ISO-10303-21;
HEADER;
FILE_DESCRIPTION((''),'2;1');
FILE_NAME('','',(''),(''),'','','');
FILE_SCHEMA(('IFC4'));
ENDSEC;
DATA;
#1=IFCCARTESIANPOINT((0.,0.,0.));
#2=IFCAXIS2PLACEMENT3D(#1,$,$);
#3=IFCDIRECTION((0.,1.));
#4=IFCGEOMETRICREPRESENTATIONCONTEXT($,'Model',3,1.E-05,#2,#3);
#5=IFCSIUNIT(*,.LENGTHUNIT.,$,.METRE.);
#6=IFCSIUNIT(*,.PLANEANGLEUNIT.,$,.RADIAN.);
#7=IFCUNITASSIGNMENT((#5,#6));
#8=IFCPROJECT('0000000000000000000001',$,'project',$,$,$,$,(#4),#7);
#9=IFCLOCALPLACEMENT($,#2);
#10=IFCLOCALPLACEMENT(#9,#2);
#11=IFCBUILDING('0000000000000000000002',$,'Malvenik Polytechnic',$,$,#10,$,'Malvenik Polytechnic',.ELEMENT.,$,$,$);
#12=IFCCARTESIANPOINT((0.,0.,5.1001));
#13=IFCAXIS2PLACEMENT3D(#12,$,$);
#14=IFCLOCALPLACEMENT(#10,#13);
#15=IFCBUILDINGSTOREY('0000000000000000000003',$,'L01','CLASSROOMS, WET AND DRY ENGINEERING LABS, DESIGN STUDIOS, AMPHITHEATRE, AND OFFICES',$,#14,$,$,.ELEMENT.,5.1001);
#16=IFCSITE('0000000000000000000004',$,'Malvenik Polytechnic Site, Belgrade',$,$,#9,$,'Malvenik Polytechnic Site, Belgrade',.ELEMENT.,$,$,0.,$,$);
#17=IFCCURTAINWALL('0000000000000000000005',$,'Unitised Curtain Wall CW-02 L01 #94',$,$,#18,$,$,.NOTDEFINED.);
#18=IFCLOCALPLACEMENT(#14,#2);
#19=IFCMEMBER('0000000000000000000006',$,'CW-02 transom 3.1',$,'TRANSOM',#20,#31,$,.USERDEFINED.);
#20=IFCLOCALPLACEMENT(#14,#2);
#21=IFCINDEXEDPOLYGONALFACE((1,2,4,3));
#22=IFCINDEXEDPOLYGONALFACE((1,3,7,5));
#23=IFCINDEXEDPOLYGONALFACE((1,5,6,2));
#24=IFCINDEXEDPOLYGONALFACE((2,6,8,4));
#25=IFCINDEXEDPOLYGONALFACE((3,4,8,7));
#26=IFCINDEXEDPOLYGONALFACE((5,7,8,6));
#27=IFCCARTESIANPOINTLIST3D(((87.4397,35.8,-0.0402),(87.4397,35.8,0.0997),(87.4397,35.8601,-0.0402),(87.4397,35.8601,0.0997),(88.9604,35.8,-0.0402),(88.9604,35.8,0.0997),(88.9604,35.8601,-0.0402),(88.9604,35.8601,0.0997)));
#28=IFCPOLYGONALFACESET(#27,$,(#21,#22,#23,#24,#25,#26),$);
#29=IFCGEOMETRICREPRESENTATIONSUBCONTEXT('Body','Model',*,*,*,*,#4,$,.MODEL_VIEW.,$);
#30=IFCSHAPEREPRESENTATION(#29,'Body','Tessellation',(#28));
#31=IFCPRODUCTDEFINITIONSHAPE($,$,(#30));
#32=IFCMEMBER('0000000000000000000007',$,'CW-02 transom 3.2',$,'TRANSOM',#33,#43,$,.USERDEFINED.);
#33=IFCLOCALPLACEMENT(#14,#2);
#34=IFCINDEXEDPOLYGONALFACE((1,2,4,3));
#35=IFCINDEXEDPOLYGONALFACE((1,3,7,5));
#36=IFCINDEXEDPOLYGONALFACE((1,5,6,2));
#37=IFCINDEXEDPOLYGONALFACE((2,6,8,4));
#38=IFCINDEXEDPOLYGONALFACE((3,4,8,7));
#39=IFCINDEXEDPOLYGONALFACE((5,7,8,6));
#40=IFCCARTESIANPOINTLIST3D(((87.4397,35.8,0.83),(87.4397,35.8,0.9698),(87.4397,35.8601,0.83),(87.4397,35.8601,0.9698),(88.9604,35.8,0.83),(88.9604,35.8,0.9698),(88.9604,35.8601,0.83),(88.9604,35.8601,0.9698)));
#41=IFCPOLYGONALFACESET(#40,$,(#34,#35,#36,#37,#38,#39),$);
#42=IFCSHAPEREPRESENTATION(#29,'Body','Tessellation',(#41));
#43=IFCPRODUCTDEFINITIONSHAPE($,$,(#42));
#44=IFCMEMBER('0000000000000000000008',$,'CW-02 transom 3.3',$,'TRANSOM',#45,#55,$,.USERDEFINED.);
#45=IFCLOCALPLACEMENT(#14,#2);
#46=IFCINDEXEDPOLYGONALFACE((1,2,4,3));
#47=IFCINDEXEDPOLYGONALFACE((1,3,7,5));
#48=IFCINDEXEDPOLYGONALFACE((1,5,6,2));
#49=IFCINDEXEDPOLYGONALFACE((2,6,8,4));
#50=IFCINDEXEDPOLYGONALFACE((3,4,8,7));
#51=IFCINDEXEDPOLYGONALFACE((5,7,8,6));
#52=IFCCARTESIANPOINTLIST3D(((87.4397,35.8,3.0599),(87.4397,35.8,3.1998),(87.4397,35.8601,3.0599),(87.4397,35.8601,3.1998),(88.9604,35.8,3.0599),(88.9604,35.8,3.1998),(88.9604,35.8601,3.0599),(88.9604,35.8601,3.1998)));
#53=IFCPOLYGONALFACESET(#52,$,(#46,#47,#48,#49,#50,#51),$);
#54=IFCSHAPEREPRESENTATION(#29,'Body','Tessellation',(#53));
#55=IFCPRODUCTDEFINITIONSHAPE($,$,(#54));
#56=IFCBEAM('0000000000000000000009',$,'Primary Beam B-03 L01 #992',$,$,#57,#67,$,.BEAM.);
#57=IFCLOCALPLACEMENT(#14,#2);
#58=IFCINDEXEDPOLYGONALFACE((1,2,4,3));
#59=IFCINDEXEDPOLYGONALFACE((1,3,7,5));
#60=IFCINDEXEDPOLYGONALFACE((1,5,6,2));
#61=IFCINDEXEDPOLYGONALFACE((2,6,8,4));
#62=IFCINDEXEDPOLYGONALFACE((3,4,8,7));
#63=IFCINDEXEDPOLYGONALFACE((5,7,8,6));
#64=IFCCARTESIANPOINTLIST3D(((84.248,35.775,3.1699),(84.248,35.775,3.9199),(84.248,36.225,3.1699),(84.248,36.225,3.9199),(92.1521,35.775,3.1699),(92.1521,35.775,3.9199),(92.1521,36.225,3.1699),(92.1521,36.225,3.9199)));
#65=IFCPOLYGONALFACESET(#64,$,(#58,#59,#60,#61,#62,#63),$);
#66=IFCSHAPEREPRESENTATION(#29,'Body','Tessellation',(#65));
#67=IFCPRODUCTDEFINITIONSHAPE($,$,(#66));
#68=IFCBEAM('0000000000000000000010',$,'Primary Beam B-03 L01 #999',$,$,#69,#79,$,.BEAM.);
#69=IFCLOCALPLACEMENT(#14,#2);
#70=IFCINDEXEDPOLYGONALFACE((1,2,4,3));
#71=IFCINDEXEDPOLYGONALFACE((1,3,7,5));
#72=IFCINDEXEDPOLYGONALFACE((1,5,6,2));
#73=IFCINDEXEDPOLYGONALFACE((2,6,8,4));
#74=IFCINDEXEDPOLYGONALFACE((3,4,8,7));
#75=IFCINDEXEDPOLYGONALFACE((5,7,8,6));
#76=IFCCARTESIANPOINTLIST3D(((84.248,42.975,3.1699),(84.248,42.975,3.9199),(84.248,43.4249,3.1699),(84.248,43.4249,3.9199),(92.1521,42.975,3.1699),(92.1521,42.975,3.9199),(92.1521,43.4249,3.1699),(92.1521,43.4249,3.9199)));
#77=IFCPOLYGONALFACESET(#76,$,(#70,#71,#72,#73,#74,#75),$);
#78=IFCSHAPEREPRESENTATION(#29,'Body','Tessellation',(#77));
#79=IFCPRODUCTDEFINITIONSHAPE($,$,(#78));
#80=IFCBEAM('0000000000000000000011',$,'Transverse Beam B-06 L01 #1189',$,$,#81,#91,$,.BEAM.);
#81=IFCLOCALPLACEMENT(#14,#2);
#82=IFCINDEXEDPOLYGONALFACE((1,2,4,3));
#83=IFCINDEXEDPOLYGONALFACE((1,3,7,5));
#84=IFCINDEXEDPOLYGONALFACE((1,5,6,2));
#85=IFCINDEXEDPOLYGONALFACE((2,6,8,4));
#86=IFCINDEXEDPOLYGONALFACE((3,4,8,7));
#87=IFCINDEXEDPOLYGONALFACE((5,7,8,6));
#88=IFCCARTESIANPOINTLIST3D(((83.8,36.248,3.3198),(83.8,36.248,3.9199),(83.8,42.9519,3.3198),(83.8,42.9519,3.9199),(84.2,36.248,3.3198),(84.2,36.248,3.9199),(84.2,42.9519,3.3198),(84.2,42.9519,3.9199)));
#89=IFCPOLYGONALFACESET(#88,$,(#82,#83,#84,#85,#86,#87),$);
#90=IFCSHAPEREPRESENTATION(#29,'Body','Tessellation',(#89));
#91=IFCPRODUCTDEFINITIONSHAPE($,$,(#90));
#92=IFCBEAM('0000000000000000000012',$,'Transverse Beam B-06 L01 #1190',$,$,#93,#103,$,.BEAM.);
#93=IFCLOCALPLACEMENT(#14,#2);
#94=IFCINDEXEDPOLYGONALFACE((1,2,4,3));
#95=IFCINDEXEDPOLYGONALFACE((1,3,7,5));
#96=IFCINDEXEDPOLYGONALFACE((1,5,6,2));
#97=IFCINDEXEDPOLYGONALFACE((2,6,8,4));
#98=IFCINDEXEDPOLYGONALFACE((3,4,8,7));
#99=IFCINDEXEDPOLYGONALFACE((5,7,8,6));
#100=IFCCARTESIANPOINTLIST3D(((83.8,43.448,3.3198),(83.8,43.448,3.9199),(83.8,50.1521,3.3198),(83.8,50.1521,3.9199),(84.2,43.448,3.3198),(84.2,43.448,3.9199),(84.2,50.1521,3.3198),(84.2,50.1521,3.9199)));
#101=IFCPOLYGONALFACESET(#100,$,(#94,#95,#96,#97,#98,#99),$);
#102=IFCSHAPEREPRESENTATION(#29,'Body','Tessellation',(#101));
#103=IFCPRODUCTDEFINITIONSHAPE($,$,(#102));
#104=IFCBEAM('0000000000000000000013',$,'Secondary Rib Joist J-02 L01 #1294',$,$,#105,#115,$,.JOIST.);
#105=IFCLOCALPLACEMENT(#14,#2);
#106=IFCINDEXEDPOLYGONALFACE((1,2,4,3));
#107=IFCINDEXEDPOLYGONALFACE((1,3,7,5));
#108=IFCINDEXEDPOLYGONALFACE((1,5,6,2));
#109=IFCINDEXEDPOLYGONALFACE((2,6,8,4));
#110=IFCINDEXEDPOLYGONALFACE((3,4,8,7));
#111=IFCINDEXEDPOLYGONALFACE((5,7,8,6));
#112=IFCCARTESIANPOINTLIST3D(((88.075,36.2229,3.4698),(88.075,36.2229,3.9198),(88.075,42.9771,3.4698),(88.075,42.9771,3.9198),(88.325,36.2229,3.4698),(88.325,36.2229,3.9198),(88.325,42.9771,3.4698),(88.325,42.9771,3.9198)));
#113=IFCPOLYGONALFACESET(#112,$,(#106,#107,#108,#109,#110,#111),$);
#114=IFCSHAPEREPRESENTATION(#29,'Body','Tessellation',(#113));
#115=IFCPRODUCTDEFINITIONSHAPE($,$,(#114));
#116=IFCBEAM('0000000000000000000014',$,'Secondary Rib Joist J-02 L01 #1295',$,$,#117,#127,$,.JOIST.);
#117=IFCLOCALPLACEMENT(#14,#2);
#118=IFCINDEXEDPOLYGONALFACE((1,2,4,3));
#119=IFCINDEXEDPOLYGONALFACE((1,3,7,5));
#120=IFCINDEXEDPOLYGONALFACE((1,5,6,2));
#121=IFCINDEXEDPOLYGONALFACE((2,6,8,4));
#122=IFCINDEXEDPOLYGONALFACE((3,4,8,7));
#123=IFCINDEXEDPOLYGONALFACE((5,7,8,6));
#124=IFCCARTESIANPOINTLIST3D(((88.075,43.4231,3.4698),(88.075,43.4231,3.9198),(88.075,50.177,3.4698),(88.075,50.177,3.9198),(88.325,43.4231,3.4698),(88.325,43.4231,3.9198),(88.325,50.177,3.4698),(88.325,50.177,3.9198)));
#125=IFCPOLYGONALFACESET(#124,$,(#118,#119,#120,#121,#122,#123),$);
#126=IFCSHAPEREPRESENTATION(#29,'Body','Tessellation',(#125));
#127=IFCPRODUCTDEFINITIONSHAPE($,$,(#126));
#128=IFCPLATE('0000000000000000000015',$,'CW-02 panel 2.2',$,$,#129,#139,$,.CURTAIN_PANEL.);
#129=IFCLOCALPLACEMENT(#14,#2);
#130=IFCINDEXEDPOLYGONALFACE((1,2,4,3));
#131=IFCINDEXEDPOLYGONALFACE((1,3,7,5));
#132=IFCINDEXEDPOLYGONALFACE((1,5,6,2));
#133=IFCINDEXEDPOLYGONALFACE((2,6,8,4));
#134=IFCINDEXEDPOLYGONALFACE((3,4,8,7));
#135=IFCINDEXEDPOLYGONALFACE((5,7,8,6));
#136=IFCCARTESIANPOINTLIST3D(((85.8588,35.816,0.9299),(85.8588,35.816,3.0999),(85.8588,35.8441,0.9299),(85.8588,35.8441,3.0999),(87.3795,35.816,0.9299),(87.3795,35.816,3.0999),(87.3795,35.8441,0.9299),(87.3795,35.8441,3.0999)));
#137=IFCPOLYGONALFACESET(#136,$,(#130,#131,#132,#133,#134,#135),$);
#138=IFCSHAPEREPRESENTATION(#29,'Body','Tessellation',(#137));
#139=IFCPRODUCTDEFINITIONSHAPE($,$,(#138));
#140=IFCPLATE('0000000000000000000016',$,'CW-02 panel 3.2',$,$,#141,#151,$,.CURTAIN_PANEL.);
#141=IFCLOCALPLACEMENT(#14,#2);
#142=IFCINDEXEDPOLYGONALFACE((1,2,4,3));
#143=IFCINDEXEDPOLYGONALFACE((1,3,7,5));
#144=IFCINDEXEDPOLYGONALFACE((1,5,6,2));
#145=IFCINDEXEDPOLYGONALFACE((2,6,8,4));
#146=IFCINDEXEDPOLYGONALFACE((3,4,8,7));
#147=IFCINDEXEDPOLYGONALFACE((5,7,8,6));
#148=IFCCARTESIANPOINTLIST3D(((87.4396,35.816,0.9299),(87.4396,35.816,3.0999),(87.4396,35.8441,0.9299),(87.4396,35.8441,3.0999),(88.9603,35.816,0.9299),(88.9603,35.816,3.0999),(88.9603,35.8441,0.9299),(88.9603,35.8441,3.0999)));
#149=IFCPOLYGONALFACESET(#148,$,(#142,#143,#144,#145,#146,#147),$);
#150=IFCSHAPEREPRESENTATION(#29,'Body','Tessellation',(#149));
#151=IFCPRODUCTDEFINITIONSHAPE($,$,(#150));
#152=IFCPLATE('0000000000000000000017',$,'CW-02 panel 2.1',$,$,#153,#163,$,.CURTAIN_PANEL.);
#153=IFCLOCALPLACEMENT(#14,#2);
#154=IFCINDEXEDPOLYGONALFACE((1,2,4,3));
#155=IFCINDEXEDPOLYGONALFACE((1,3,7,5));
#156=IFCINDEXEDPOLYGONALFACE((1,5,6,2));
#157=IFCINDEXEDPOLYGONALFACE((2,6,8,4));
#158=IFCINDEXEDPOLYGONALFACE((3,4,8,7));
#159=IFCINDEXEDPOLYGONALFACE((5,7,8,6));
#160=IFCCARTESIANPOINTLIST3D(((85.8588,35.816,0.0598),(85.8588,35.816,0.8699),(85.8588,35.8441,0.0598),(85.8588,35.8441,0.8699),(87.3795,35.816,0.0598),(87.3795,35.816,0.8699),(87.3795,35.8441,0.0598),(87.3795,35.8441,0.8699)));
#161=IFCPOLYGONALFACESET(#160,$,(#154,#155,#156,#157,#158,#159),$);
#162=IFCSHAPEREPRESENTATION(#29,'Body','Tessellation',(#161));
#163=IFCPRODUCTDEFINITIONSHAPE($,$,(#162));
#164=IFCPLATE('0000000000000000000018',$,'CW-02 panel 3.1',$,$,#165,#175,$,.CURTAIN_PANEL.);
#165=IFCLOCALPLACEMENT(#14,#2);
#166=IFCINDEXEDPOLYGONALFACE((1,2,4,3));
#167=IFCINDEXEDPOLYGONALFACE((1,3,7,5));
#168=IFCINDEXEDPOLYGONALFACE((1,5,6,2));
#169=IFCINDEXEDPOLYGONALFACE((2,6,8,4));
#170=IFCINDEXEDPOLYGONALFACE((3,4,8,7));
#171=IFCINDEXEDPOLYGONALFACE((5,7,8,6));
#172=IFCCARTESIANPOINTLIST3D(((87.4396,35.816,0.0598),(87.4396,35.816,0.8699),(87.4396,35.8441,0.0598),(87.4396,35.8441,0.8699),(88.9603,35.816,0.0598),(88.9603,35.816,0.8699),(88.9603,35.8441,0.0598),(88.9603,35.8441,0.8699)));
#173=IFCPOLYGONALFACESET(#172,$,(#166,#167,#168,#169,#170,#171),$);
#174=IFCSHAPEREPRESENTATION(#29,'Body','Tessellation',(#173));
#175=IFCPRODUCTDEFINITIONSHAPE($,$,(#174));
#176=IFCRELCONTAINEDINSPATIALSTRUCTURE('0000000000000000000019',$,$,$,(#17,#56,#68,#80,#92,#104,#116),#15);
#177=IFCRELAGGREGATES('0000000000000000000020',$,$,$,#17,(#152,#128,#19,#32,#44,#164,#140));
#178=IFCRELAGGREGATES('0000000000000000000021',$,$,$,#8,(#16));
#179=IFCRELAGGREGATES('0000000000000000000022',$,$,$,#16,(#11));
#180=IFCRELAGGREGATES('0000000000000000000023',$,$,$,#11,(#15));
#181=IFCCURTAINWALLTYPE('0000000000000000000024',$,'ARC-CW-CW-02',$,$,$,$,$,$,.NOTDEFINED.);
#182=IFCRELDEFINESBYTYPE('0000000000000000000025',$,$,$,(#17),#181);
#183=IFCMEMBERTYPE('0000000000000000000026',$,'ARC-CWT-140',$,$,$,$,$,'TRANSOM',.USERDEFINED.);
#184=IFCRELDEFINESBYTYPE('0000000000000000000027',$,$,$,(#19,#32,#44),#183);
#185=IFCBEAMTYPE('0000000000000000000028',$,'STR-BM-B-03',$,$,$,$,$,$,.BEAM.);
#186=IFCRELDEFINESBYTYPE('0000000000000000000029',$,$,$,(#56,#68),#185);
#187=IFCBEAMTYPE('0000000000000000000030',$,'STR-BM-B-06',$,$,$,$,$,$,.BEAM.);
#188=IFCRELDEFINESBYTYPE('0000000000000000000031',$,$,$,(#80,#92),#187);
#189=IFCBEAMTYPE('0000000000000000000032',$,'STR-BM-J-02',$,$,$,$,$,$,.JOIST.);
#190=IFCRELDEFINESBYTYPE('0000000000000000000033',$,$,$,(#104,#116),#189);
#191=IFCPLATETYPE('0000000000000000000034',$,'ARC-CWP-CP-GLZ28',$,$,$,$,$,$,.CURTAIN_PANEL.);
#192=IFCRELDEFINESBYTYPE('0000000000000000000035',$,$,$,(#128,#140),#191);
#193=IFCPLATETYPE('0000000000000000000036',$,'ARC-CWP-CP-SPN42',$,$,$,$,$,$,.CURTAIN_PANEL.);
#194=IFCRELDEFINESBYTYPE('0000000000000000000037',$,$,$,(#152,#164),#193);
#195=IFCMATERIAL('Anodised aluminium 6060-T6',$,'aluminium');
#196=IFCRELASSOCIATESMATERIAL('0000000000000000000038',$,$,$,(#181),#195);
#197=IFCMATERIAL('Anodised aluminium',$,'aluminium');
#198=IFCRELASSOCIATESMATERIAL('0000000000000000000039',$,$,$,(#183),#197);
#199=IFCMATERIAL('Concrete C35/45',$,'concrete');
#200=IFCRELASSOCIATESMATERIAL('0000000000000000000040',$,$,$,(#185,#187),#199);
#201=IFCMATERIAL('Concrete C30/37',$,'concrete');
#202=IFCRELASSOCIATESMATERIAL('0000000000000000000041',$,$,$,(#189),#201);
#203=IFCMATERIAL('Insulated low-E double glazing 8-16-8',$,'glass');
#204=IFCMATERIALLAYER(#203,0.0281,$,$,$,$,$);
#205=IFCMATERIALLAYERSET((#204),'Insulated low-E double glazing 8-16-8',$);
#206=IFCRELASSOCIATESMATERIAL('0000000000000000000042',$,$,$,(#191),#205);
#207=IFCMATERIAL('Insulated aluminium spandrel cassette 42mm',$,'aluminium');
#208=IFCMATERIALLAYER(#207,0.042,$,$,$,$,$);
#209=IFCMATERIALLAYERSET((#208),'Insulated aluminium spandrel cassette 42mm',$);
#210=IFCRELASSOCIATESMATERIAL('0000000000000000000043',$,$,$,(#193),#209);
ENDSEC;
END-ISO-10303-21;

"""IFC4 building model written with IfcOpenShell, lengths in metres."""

from ifc_helpers import new_model, si_unit, direction, frame, origin, origin_2d, place, context, subcontext, project, spatial, rectangle, extrude, material, layer, layer_set, material_profile, profile_set, type_object, element, aggregate, save


model = new_model("IFC4")

# Units and contexts
model_context = context("Model", 3, precision=1e-05, world=origin(), true_north=direction((0.0, 1.0)))
body_context = subcontext(model_context, "Body", "Model", "MODEL_VIEW")
ifc_project = project(units=[si_unit("LENGTHUNIT", "METRE"), si_unit("PLANEANGLEUNIT", "RADIAN")], contexts=[model_context])

# Site, building, storey
site_placement = place(None, origin())
site = spatial("IfcSite", under=ifc_project, at=site_placement, Name="Malvenik Polytechnic Site, Belgrade", LongName="Malvenik Polytechnic Site, Belgrade", CompositionType="ELEMENT", RefElevation=0.0)
building_placement = place(site_placement, origin())
building = spatial("IfcBuilding", under=site, at=building_placement, Name="Malvenik Polytechnic", LongName="Malvenik Polytechnic", CompositionType="ELEMENT")
storey_placement = place(building_placement, frame((0.0, 0.0, 5.1001)))
storey = spatial("IfcBuildingStorey", under=building, at=storey_placement, Name="L01", Description="CLASSROOMS, WET AND DRY ENGINEERING LABS, DESIGN STUDIOS, AMPHITHEATRE, AND OFFICES", CompositionType="ELEMENT", Elevation=5.1001)

# Shared definitions
ifc_material_1 = material(Name="Concrete C35/45", Category="concrete")

# Curtain wall
ifc_material_2 = material(Name="Anodised aluminium 6060-T6", Category="aluminium")
curtain_wall_type_1 = type_object("IfcCurtainWallType", Name="ARC-CW-CW-02", PredefinedType="NOTDEFINED", material=ifc_material_2)
curtain_wall_1_placement = place(storey_placement, origin())
curtain_wall_1 = element("IfcCurtainWall", 1, at=curtain_wall_1_placement, inside=storey, type_object=curtain_wall_type_1, Name="Unitised Curtain Wall CW-02 L01 #94", PredefinedType="NOTDEFINED")
ifc_material_3 = material(Name="Anodised aluminium", Category="aluminium")

# Members
ifc_material_profile_1 = material_profile(ifc_material_3, rectangle(XDim=0.0601, YDim=0.1399, at=origin_2d()), Name="ALU TRANSOM 60x140")
ifc_profile_set_1 = profile_set([ifc_material_profile_1], Name="Anodised aluminium")
member_type_1 = type_object("IfcMemberType", Name="ARC-CWT-140", ElementType="TRANSOM", PredefinedType="USERDEFINED", material=ifc_profile_set_1)
member_1_placement = place(storey_placement, frame((87.4397, 35.8301, 0.0298), z_axis=(1.0, 0.0, 0.0), x_axis=(0.0, 1.0, 0.0)))
member_1 = element("IfcMember", 2, at=member_1_placement, type_object=member_type_1, Name="CW-02 transom 3.1", ObjectType="TRANSOM", PredefinedType="USERDEFINED", context=body_context, shape_type="SweptSolid", body=[
    extrude(rectangle(XDim=0.0601, YDim=0.1399, at=origin_2d()), origin(), (0.0, 0.0, 1.0), 1.5208),
])
member_2_placement = place(storey_placement, frame((87.4397, 35.8301, 0.8999), z_axis=(1.0, 0.0, 0.0), x_axis=(0.0, 1.0, 0.0)))
member_2 = element("IfcMember", 3, at=member_2_placement, type_object=member_type_1, Name="CW-02 transom 3.2", ObjectType="TRANSOM", PredefinedType="USERDEFINED", context=body_context, shape_type="SweptSolid", body=[
    extrude(rectangle(XDim=0.0601, YDim=0.1399, at=origin_2d()), origin(), (0.0, 0.0, 1.0), 1.5208),
])
member_3_placement = place(storey_placement, frame((87.4397, 35.8301, 3.1299), z_axis=(1.0, 0.0, 0.0), x_axis=(0.0, 1.0, 0.0)))
member_3 = element("IfcMember", 4, at=member_3_placement, type_object=member_type_1, Name="CW-02 transom 3.3", ObjectType="TRANSOM", PredefinedType="USERDEFINED", context=body_context, shape_type="SweptSolid", body=[
    extrude(rectangle(XDim=0.0601, YDim=0.1399, at=origin_2d()), origin(), (0.0, 0.0, 1.0), 1.5208),
])

# Beams
ifc_material_profile_2 = material_profile(ifc_material_1, rectangle(XDim=0.45, YDim=0.75, at=origin_2d()), Name="RC BM 450x750")
ifc_profile_set_2 = profile_set([ifc_material_profile_2], Name="Concrete C35/45")
beam_type_1 = type_object("IfcBeamType", Name="STR-BM-B-03", PredefinedType="BEAM", material=ifc_profile_set_2)
for number, where, z_axis, x_axis, name in (
    (5, (84.248, 36.0, 3.5449), (1.0, 0.0, 0.0), (0.0, 1.0, 0.0), "Primary Beam B-03 L01 #992"),
    (6, (84.248, 43.2, 3.5449), (1.0, 0.0, 0.0), (0.0, 1.0, 0.0), "Primary Beam B-03 L01 #999"),
):
    element("IfcBeam", number, at=place(storey_placement, frame(where, z_axis=z_axis, x_axis=x_axis)), inside=storey, type_object=beam_type_1, Name=name, PredefinedType="BEAM", context=body_context, shape_type="SweptSolid", body=[
        extrude(rectangle(XDim=0.45, YDim=0.75, at=origin_2d()), origin(), (0.0, 0.0, 1.0), 7.9041),
    ])
ifc_material_profile_3 = material_profile(ifc_material_1, rectangle(XDim=0.3999, YDim=0.6001, at=origin_2d()), Name="RC BM 400x600")
ifc_profile_set_3 = profile_set([ifc_material_profile_3], Name="Concrete C35/45")
beam_type_2 = type_object("IfcBeamType", Name="STR-BM-B-06", PredefinedType="BEAM", material=ifc_profile_set_3)
beam_1_placement = place(storey_placement, frame((84.0, 36.248, 3.6199), z_axis=(0.0, 1.0, 0.0), x_axis=(-1.0, 0.0, 0.0)))
element("IfcBeam", 7, at=beam_1_placement, inside=storey, type_object=beam_type_2, Name="Transverse Beam B-06 L01 #1189", PredefinedType="BEAM", context=body_context, shape_type="SweptSolid", body=[
    extrude(rectangle(XDim=0.3999, YDim=0.6001, at=origin_2d()), origin(), (0.0, 0.0, 1.0), 6.7039),
])
beam_2_placement = place(storey_placement, frame((84.0, 43.448, 3.6199), z_axis=(0.0, 1.0, 0.0), x_axis=(-1.0, 0.0, 0.0)))
element("IfcBeam", 8, at=beam_2_placement, inside=storey, type_object=beam_type_2, Name="Transverse Beam B-06 L01 #1190", PredefinedType="BEAM", context=body_context, shape_type="SweptSolid", body=[
    extrude(rectangle(XDim=0.3999, YDim=0.6001, at=origin_2d()), origin(), (0.0, 0.0, 1.0), 6.7041),
])
ifc_material_4 = material(Name="Concrete C30/37", Category="concrete")
ifc_material_profile_4 = material_profile(ifc_material_4, rectangle(XDim=0.25, YDim=0.45, at=origin_2d()), Name="RC JST 250x450")
ifc_profile_set_4 = profile_set([ifc_material_profile_4], Name="Concrete C30/37")
beam_type_3 = type_object("IfcBeamType", Name="STR-BM-J-02", PredefinedType="JOIST", material=ifc_profile_set_4)
beam_3_placement = place(storey_placement, frame((88.2, 36.2229, 3.6948), z_axis=(0.0, 1.0, 0.0), x_axis=(-1.0, 0.0, 0.0)))
element("IfcBeam", 9, at=beam_3_placement, inside=storey, type_object=beam_type_3, Name="Secondary Rib Joist J-02 L01 #1294", PredefinedType="JOIST", context=body_context, shape_type="SweptSolid", body=[
    extrude(rectangle(XDim=0.25, YDim=0.45, at=origin_2d()), origin(), (0.0, 0.0, 1.0), 6.7542),
])
beam_4_placement = place(storey_placement, frame((88.2, 43.4231, 3.6948), z_axis=(0.0, 1.0, 0.0), x_axis=(-1.0, 0.0, 0.0)))
element("IfcBeam", 10, at=beam_4_placement, inside=storey, type_object=beam_type_3, Name="Secondary Rib Joist J-02 L01 #1295", PredefinedType="JOIST", context=body_context, shape_type="SweptSolid", body=[
    extrude(rectangle(XDim=0.25, YDim=0.45, at=origin_2d()), origin(), (0.0, 0.0, 1.0), 6.7539),
])

# Plates
ifc_material_5 = material(Name="Insulated low-E double glazing 8-16-8", Category="glass")
ifc_layer_1 = layer(ifc_material_5, 0.0281)
ifc_layer_set_1 = layer_set([ifc_layer_1], Name="Insulated low-E double glazing 8-16-8")
plate_type_1 = type_object("IfcPlateType", Name="ARC-CWP-CP-GLZ28", PredefinedType="CURTAIN_PANEL", material=ifc_layer_set_1)
plate_1_placement = place(storey_placement, frame((86.6191, 35.8301, 0.9299), z_axis=(0.0, 0.0, 1.0), x_axis=(1.0, 0.0, 0.0)))
plate_1 = element("IfcPlate", 11, at=plate_1_placement, type_object=plate_type_1, Name="CW-02 panel 2.2", PredefinedType="CURTAIN_PANEL", context=body_context, shape_type="SweptSolid", body=[
    extrude(rectangle(XDim=1.5208, YDim=0.0281, at=origin_2d()), origin(), (0.0, 0.0, 1.0), 2.1699),
])
plate_2_placement = place(storey_placement, frame((88.2, 35.8301, 0.9299), z_axis=(0.0, 0.0, 1.0), x_axis=(1.0, 0.0, 0.0)))
plate_2 = element("IfcPlate", 12, at=plate_2_placement, type_object=plate_type_1, Name="CW-02 panel 3.2", PredefinedType="CURTAIN_PANEL", context=body_context, shape_type="SweptSolid", body=[
    extrude(rectangle(XDim=1.5208, YDim=0.0281, at=origin_2d()), origin(), (0.0, 0.0, 1.0), 2.1699),
])
ifc_material_6 = material(Name="Insulated aluminium spandrel cassette 42mm", Category="aluminium")
ifc_layer_2 = layer(ifc_material_6, 0.042)
ifc_layer_set_2 = layer_set([ifc_layer_2], Name="Insulated aluminium spandrel cassette 42mm")
plate_type_2 = type_object("IfcPlateType", Name="ARC-CWP-CP-SPN42", PredefinedType="CURTAIN_PANEL", material=ifc_layer_set_2)
plate_3_placement = place(storey_placement, frame((86.6191, 35.8301, 0.0598), z_axis=(0.0, 0.0, 1.0), x_axis=(1.0, 0.0, 0.0)))
plate_3 = element("IfcPlate", 13, at=plate_3_placement, type_object=plate_type_2, Name="CW-02 panel 2.1", PredefinedType="CURTAIN_PANEL", context=body_context, shape_type="SweptSolid", body=[
    extrude(rectangle(XDim=1.5208, YDim=0.0281, at=origin_2d()), origin(), (0.0, 0.0, 1.0), 0.8101),
])
plate_4_placement = place(storey_placement, frame((88.2, 35.8301, 0.0598), z_axis=(0.0, 0.0, 1.0), x_axis=(1.0, 0.0, 0.0)))
plate_4 = element("IfcPlate", 14, at=plate_4_placement, type_object=plate_type_2, Name="CW-02 panel 3.1", PredefinedType="CURTAIN_PANEL", context=body_context, shape_type="SweptSolid", body=[
    extrude(rectangle(XDim=1.5208, YDim=0.0281, at=origin_2d()), origin(), (0.0, 0.0, 1.0), 0.8101),
])
aggregate(curtain_wall_1, [plate_3, plate_1, member_1, member_2, member_3, plate_4, plate_2])

save(model, "model.ifc")
